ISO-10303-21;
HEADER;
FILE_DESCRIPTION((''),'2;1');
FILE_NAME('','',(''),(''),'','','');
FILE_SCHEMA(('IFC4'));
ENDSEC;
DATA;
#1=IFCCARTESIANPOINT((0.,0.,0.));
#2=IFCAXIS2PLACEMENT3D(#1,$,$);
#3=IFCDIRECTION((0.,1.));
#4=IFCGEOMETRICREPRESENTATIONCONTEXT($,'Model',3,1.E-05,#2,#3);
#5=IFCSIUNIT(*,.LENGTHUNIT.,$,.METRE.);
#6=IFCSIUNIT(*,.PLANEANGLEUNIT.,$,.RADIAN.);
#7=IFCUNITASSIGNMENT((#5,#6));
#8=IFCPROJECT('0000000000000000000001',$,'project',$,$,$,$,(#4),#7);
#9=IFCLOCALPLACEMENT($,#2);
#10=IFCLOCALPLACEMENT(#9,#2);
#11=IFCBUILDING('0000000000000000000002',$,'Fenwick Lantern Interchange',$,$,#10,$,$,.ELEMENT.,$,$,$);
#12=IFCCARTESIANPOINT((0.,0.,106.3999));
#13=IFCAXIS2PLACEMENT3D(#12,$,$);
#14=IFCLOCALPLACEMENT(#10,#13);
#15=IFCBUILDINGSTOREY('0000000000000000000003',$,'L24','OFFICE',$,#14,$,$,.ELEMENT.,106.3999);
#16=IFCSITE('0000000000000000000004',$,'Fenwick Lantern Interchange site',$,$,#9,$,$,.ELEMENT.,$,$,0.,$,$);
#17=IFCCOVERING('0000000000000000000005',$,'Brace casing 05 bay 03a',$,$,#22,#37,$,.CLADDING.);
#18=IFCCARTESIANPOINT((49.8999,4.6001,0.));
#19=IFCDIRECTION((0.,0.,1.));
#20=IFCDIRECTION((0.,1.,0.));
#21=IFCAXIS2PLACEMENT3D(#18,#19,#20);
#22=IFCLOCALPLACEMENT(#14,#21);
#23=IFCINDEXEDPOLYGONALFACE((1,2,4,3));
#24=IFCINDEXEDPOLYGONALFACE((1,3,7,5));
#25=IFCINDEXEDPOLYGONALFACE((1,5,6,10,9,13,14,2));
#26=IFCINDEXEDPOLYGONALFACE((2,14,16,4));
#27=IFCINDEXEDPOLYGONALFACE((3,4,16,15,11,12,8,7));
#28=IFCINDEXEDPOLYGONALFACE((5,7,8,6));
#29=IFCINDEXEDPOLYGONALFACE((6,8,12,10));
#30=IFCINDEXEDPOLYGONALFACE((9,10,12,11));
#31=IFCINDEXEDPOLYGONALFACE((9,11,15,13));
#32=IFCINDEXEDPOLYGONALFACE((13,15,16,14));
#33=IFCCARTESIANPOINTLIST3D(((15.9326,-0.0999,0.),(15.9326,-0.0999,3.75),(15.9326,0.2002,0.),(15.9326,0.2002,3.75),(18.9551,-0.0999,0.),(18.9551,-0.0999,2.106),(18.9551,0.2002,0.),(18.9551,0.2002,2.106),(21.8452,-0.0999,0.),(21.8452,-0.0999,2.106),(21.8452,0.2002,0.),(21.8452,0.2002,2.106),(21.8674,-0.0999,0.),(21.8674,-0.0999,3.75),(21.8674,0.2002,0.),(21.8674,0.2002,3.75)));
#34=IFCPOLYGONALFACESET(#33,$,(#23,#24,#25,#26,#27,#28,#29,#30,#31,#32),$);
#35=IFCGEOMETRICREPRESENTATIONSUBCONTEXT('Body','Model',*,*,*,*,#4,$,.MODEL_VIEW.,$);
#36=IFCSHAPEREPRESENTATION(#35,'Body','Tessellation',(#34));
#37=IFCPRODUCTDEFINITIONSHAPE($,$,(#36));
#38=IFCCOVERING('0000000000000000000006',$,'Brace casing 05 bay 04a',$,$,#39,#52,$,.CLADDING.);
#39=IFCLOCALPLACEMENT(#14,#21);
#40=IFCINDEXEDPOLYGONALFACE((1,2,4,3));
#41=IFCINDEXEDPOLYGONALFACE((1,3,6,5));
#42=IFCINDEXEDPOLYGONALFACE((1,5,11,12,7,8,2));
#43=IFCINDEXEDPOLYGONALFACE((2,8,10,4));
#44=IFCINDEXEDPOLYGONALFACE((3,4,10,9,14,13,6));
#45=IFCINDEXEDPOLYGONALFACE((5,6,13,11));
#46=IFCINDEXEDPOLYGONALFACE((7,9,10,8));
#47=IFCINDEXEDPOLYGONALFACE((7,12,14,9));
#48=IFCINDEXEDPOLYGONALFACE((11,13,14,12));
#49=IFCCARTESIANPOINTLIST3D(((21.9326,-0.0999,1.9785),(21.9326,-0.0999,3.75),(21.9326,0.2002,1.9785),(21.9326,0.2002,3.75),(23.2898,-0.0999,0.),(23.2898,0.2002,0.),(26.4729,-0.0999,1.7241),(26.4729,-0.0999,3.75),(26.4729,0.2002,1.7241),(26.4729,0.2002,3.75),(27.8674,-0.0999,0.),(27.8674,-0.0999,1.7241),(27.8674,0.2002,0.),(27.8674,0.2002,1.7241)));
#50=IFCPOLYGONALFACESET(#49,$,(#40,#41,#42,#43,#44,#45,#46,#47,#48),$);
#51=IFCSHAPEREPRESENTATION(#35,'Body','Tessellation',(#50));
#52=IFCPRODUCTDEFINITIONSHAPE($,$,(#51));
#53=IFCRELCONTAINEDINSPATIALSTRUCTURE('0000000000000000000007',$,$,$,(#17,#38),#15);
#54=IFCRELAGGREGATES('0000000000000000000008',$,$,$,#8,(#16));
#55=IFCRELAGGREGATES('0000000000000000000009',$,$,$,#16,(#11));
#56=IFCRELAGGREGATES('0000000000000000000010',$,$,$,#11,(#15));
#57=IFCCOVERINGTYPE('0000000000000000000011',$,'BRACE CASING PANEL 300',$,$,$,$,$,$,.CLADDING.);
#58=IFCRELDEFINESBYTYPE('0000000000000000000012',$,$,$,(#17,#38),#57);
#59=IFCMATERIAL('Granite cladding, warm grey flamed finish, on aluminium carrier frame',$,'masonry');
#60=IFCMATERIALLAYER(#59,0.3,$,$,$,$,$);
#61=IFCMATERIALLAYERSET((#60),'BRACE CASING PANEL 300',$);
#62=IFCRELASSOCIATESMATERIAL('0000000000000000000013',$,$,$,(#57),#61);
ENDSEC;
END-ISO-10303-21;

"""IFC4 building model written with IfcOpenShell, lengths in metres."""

from ifc_helpers import new_model, si_unit, direction, frame, origin, place, context, subcontext, project, spatial, polyline, outline, extrude, material, layer, layer_set, type_object, element, save


model = new_model("IFC4")

# Units and contexts
model_context = context("Model", 3, precision=1e-05, world=origin(), true_north=direction((0.0, 1.0)))
body_context = subcontext(model_context, "Body", "Model", "MODEL_VIEW")
ifc_project = project(units=[si_unit("LENGTHUNIT", "METRE"), si_unit("PLANEANGLEUNIT", "RADIAN")], contexts=[model_context])

# Site, building, storey
site_placement = place(None, origin())
site = spatial("IfcSite", under=ifc_project, at=site_placement, Name="Fenwick Lantern Interchange site", CompositionType="ELEMENT", RefElevation=0.0)
building_placement = place(site_placement, origin())
building = spatial("IfcBuilding", under=site, at=building_placement, Name="Fenwick Lantern Interchange", CompositionType="ELEMENT")
storey_placement = place(building_placement, frame((0.0, 0.0, 106.3999)))
storey = spatial("IfcBuildingStorey", under=building, at=storey_placement, Name="L24", Description="OFFICE", CompositionType="ELEMENT", Elevation=106.3999)

# Coverings
ifc_material_1 = material(Name="Granite cladding, warm grey flamed finish, on aluminium carrier frame", Category="masonry")
ifc_layer_1 = layer(ifc_material_1, 0.3)
ifc_layer_set_1 = layer_set([ifc_layer_1], Name="BRACE CASING PANEL 300")
covering_type = type_object("IfcCoveringType", Name="BRACE CASING PANEL 300", PredefinedType="CLADDING", material=ifc_layer_set_1)
covering_1_placement = place(storey_placement, frame((49.8999, 4.6001, 0.0), z_axis=(0.0, 0.0, 1.0), x_axis=(0.0, 1.0, 0.0)))
element("IfcCovering", 1, at=covering_1_placement, inside=storey, type_object=covering_type, Name="Brace casing 05 bay 03a", PredefinedType="CLADDING", context=body_context, shape_type="SweptSolid", body=[
    extrude(outline(polyline([(15.9326, 0.0), (18.9551, 0.0), (18.9551, 2.106), (21.8452, 2.106), (21.8452, 0.0), (21.8674, 0.0), (21.8674, 3.75), (15.9326, 3.75), (15.9326, 0.0)])), frame((0.0, 0.2002, 0.0), z_axis=(0.0, -1.0, 0.0), x_axis=(1.0, 0.0, 0.0)), (0.0, 0.0, 1.0), 0.3),
])
covering_2_placement = place(storey_placement, frame((49.8999, 4.6001, 0.0), z_axis=(0.0, 0.0, 1.0), x_axis=(0.0, 1.0, 0.0)))
element("IfcCovering", 2, at=covering_2_placement, inside=storey, type_object=covering_type, Name="Brace casing 05 bay 04a", PredefinedType="CLADDING", context=body_context, shape_type="SweptSolid", body=[
    extrude(outline(polyline([(23.2898, 0.0), (27.8674, 0.0), (27.8674, 1.7241), (26.4729, 1.7241), (26.4729, 3.75), (21.9326, 3.75), (21.9326, 1.9785), (23.2898, 0.0)])), frame((0.0, 0.2002, 0.0), z_axis=(0.0, -1.0, 0.0), x_axis=(1.0, 0.0, 0.0)), (0.0, 0.0, 1.0), 0.3),
])

save(model, "model.ifc")
